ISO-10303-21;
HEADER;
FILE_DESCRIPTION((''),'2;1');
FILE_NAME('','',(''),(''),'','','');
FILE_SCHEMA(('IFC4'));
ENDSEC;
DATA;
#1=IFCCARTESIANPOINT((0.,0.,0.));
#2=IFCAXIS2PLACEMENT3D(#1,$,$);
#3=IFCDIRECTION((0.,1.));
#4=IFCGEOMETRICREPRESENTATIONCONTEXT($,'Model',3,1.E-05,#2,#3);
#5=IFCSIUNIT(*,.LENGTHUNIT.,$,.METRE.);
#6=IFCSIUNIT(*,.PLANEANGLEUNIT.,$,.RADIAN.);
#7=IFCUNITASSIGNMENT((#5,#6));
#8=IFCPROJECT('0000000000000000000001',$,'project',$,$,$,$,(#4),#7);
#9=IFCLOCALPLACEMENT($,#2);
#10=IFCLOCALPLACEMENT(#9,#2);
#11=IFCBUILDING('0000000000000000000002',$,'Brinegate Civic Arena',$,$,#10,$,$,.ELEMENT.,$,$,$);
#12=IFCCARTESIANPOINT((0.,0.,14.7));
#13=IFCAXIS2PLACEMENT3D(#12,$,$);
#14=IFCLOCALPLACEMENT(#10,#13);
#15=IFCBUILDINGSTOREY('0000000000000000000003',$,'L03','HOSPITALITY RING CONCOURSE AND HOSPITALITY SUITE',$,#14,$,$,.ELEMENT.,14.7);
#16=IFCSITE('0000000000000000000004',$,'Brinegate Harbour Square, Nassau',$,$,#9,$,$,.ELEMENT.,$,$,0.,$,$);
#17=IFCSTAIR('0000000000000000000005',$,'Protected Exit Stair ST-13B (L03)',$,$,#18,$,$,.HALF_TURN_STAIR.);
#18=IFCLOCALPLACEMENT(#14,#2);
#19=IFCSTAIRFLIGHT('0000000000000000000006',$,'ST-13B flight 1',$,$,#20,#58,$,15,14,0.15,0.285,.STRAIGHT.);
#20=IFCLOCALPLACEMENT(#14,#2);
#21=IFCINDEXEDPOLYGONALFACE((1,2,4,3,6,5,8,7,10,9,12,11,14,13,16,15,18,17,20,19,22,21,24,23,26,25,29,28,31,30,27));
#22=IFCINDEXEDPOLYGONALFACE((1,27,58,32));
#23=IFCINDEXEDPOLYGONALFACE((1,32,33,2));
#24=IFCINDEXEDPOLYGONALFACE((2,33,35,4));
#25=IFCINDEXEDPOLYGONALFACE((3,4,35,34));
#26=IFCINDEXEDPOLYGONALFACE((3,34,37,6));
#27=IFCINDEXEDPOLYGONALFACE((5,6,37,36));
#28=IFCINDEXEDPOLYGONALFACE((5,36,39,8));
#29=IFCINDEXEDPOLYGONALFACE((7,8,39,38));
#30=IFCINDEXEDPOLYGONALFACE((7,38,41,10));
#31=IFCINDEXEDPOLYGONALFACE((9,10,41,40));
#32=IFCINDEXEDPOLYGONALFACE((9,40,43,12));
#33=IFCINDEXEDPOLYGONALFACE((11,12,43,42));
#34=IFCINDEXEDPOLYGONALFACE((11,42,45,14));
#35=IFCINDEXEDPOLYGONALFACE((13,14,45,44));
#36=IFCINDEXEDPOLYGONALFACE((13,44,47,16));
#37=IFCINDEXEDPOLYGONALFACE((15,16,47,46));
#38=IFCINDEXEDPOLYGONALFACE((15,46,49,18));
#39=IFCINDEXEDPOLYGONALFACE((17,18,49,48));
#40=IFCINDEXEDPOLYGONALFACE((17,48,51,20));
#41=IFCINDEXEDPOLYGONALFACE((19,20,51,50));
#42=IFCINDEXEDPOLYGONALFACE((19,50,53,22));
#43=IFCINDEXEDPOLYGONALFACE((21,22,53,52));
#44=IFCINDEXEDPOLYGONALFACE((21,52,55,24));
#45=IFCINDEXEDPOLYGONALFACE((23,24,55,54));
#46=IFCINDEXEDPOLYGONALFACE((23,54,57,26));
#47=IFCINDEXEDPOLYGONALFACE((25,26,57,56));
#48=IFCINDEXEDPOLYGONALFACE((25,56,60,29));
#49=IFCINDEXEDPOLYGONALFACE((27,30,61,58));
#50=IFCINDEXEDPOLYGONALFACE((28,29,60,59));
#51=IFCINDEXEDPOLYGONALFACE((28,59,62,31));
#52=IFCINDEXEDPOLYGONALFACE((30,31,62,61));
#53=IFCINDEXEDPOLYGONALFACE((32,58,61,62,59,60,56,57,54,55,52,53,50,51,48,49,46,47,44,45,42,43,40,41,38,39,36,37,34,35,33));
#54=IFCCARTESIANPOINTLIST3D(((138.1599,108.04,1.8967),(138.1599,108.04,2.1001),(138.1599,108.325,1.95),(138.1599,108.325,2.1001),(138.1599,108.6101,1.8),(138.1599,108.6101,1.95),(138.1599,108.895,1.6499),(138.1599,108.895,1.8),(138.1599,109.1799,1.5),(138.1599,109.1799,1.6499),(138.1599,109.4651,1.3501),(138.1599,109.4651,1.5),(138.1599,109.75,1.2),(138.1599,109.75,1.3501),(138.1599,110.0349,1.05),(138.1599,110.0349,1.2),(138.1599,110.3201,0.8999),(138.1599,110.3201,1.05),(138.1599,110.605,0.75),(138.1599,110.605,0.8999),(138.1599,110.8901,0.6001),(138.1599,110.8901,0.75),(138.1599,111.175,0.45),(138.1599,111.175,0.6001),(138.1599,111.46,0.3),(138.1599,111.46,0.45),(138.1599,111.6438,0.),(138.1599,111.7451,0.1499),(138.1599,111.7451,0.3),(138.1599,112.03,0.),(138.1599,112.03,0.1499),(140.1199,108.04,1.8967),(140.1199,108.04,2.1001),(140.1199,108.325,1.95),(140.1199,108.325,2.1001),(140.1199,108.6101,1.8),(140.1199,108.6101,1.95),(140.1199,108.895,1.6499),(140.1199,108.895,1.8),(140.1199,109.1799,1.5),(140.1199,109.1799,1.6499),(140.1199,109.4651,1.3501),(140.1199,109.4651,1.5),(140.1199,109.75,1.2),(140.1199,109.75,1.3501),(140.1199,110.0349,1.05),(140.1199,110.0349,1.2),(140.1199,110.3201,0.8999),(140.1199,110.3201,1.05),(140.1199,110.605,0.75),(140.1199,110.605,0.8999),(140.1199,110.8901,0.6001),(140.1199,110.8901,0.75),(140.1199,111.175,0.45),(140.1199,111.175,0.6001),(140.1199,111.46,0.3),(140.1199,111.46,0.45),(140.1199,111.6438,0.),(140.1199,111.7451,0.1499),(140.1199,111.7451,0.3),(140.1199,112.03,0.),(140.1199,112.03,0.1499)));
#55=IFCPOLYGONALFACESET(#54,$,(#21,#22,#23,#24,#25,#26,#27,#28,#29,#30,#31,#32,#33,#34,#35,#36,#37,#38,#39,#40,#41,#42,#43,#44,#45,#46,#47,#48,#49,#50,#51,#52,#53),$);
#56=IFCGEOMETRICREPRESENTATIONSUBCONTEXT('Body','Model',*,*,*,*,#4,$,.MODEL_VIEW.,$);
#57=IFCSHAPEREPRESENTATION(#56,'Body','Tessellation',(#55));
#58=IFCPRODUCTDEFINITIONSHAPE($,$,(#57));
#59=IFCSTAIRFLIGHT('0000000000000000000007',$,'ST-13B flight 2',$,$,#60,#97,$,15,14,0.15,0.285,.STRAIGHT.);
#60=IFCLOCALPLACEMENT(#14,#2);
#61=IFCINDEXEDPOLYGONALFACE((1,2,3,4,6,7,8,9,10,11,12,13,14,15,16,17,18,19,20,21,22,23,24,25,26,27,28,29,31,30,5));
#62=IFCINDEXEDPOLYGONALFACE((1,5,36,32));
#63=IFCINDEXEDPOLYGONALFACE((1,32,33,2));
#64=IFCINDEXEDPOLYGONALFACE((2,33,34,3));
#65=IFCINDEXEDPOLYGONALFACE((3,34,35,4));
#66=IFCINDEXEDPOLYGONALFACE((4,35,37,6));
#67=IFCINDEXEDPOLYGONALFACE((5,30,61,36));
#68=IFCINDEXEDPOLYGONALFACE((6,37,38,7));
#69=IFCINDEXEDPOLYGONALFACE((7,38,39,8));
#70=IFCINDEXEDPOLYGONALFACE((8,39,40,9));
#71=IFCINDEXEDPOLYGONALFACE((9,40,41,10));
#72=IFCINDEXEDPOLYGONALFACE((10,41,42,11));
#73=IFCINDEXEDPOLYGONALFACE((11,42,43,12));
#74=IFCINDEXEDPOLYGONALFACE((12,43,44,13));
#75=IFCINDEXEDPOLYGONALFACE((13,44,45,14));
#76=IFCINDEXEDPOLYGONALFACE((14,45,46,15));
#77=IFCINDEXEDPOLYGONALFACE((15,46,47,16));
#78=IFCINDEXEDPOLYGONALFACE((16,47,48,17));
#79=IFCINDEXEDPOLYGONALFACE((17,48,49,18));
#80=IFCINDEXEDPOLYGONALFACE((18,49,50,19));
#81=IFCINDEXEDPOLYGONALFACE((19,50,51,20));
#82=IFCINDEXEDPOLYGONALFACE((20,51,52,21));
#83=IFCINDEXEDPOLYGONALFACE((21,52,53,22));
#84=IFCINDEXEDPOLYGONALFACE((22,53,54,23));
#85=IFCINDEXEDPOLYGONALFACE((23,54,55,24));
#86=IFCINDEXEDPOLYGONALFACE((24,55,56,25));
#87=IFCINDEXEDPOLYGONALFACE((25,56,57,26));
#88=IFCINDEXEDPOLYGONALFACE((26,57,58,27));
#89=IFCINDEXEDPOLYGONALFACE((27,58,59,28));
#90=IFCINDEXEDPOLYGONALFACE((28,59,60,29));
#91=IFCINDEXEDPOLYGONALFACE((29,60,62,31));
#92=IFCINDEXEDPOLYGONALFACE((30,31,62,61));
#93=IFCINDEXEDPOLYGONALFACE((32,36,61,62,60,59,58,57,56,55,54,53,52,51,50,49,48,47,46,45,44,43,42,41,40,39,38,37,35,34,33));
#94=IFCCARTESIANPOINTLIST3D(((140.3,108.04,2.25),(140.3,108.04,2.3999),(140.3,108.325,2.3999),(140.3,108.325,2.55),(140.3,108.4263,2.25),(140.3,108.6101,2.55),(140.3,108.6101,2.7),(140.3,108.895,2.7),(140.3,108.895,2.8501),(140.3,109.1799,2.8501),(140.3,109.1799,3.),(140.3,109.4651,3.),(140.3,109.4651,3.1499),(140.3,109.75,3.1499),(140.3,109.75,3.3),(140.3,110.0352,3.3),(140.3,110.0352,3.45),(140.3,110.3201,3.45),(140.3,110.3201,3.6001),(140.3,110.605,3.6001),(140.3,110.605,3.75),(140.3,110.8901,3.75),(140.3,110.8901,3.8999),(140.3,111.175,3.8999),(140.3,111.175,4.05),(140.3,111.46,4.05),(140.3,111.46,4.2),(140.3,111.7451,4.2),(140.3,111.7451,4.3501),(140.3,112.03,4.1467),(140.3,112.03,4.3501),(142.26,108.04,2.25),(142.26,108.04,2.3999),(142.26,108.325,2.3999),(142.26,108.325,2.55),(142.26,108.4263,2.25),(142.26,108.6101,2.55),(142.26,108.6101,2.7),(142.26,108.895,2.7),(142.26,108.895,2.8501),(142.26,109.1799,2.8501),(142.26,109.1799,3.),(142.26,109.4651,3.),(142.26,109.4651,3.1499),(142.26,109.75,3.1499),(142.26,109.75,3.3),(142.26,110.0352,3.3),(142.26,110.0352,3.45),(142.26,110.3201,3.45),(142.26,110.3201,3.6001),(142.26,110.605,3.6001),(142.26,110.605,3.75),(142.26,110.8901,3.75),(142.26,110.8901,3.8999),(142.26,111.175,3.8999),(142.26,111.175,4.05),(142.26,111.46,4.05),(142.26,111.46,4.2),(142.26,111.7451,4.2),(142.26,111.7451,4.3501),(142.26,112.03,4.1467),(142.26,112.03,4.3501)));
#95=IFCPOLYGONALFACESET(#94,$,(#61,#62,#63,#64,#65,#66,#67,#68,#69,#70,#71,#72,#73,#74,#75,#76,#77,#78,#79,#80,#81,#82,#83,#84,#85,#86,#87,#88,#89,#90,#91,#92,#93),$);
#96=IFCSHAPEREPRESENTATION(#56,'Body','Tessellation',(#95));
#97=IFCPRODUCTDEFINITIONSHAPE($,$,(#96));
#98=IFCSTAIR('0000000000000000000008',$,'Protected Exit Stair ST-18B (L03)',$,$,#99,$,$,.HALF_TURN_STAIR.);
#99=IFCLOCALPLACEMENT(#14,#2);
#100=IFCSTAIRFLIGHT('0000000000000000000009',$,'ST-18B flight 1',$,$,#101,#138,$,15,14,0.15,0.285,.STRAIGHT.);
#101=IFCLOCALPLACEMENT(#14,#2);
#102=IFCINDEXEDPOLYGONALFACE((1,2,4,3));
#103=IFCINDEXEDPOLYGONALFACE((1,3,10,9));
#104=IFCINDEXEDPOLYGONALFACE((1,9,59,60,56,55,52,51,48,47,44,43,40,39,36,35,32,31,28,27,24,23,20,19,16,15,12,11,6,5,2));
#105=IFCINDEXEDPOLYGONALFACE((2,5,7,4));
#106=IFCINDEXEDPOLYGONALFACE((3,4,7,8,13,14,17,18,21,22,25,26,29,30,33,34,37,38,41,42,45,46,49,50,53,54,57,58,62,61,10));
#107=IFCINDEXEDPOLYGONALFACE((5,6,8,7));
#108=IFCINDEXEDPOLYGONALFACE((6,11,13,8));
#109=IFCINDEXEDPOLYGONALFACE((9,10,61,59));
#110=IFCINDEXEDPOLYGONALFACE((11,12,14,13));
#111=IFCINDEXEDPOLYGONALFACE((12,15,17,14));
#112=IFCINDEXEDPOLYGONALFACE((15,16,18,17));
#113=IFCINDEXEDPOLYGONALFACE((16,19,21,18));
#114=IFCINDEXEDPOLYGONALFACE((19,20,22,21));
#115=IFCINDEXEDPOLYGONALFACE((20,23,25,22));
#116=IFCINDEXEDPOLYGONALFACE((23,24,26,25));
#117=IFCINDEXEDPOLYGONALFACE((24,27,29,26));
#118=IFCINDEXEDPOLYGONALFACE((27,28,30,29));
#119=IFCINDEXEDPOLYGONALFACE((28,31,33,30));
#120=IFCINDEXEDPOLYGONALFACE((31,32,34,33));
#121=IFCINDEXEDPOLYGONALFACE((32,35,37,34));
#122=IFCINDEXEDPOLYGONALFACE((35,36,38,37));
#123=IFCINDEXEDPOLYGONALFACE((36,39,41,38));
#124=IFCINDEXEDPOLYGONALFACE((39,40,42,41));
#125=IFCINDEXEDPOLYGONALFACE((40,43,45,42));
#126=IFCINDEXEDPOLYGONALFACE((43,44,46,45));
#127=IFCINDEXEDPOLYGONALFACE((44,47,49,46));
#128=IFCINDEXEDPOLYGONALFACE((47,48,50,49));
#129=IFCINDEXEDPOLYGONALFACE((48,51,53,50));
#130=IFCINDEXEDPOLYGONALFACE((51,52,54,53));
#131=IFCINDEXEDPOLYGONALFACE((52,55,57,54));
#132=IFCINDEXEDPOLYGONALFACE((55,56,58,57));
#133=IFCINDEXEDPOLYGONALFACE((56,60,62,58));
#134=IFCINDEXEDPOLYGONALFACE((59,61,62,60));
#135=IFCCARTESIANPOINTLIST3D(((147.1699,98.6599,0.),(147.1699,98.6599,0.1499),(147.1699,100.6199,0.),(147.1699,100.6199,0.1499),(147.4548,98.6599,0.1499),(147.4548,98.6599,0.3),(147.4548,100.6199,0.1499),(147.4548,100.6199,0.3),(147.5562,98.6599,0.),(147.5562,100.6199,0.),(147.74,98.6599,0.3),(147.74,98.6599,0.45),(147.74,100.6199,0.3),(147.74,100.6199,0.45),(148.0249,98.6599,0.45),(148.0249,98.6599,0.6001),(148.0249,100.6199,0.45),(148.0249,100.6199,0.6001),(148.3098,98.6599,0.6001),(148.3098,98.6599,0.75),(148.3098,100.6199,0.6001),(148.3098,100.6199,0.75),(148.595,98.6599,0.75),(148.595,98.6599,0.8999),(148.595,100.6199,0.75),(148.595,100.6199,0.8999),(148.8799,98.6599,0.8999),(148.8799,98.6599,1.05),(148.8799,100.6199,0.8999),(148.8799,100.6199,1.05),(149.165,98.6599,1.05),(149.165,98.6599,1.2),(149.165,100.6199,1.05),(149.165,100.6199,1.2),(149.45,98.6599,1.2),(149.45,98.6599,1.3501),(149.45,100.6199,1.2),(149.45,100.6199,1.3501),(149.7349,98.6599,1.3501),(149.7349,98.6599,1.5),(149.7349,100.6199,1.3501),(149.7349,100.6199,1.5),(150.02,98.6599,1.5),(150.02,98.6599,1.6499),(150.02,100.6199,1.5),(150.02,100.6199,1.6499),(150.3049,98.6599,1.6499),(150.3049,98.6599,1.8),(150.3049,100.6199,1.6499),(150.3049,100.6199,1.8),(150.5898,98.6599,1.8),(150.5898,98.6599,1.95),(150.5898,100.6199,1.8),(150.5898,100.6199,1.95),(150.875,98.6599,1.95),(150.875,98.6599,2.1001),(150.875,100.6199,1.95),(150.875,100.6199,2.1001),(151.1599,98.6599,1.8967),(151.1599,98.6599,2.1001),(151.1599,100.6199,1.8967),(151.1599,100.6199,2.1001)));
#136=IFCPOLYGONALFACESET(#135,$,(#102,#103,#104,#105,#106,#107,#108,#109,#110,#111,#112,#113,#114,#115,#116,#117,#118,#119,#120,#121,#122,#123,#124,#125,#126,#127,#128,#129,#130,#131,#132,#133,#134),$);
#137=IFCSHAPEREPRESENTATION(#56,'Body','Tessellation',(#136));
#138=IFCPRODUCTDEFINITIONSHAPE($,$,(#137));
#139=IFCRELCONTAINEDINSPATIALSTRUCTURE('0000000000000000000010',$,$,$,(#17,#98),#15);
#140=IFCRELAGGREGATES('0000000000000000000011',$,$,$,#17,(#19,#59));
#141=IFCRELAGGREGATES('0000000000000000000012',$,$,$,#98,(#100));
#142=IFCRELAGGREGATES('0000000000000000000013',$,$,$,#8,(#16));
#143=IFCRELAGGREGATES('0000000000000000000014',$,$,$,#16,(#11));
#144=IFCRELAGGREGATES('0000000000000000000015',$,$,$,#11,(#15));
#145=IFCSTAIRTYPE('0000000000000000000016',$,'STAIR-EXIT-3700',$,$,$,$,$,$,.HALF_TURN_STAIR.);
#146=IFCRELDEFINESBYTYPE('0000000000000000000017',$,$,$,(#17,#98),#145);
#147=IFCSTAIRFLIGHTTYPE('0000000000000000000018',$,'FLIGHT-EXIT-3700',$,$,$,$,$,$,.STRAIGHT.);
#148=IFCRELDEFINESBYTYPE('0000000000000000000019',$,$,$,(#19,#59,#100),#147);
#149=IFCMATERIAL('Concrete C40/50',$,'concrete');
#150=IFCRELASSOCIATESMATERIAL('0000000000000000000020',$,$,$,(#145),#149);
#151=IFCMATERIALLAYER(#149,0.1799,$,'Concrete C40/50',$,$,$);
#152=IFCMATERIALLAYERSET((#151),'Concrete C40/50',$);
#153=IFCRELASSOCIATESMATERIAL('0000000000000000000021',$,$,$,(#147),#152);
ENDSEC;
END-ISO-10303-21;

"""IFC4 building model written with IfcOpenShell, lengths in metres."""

from ifc_helpers import new_model, si_unit, direction, frame, origin, place, context, subcontext, project, spatial, polyline, outline, extrude, material, layer, layer_set, type_object, element, aggregate, save


model = new_model("IFC4")

# Units and contexts
model_context = context("Model", 3, precision=1e-05, world=origin(), true_north=direction((0.0, 1.0)))
body_context = subcontext(model_context, "Body", "Model", "MODEL_VIEW")
ifc_project = project(units=[si_unit("LENGTHUNIT", "METRE"), si_unit("PLANEANGLEUNIT", "RADIAN")], contexts=[model_context])

# Site, building, storey
site_placement = place(None, origin())
site = spatial("IfcSite", under=ifc_project, at=site_placement, Name="Brinegate Harbour Square, Nassau", CompositionType="ELEMENT", RefElevation=0.0)
building_placement = place(site_placement, origin())
building = spatial("IfcBuilding", under=site, at=building_placement, Name="Brinegate Civic Arena", CompositionType="ELEMENT")
storey_placement = place(building_placement, frame((0.0, 0.0, 14.7)))
storey = spatial("IfcBuildingStorey", under=building, at=storey_placement, Name="L03", Description="HOSPITALITY RING CONCOURSE AND HOSPITALITY SUITE", CompositionType="ELEMENT", Elevation=14.7)

# Stair, stair flights
ifc_material_1 = material(Name="Concrete C40/50", Category="concrete")
stair_type = type_object("IfcStairType", Name="STAIR-EXIT-3700", PredefinedType="HALF_TURN_STAIR", material=ifc_material_1)
stair_1_placement = place(storey_placement, origin())
stair_1 = element("IfcStair", 1, at=stair_1_placement, inside=storey, type_object=stair_type, Name="Protected Exit Stair ST-13B (L03)", PredefinedType="HALF_TURN_STAIR")
ifc_layer_1 = layer(ifc_material_1, 0.1799, Name="Concrete C40/50")
ifc_layer_set_1 = layer_set([ifc_layer_1], Name="Concrete C40/50")
stair_flight_type = type_object("IfcStairFlightType", Name="FLIGHT-EXIT-3700", PredefinedType="STRAIGHT", material=ifc_layer_set_1)
stair_flight_1_placement = place(storey_placement, frame((139.1399, 112.03, 0.0), z_axis=(0.0, 0.0, 1.0), x_axis=(0.0, -1.0, 0.0)))
stair_flight_1 = element("IfcStairFlight", 2, at=stair_flight_1_placement, type_object=stair_flight_type, Name="ST-13B flight 1", NumberOfRisers=15, NumberOfTreads=14, PredefinedType="STRAIGHT", RiserHeight=0.15, TreadLength=0.285, context=body_context, shape_type="SweptSolid", body=[
    extrude(outline(polyline([(0.0, 0.0), (0.0, 0.1499), (0.2849, 0.1499), (0.2849, 0.3), (0.5701, 0.3), (0.5701, 0.45), (0.855, 0.45), (0.855, 0.6001), (1.1399, 0.6001), (1.1399, 0.75), (1.425, 0.75), (1.425, 0.8999), (1.71, 0.8999), (1.71, 1.05), (1.9951, 1.05), (1.9951, 1.2), (2.28, 1.2), (2.28, 1.3501), (2.5649, 1.3501), (2.5649, 1.5), (2.8501, 1.5), (2.8501, 1.6499), (3.135, 1.6499), (3.135, 1.8), (3.4199, 1.8), (3.4199, 1.95), (3.7051, 1.95), (3.7051, 2.1001), (3.99, 2.1001), (3.99, 2.25), (3.99, 1.8967), (0.3862, 0.0), (0.0, 0.0)])), frame((0.0, 0.98, 0.0), z_axis=(0.0, -1.0, 0.0), x_axis=(1.0, 0.0, 0.0)), (0.0, 0.0, 1.0), 1.96),
])
stair_flight_2_placement = place(storey_placement, frame((141.28, 108.04, 2.25), z_axis=(0.0, 0.0, 1.0), x_axis=(0.0, 1.0, 0.0)))
stair_flight_2 = element("IfcStairFlight", 3, at=stair_flight_2_placement, type_object=stair_flight_type, Name="ST-13B flight 2", NumberOfRisers=15, NumberOfTreads=14, PredefinedType="STRAIGHT", RiserHeight=0.15, TreadLength=0.285, context=body_context, shape_type="SweptSolid", body=[
    extrude(outline(polyline([(0.0, 0.0), (0.0, 0.1499), (0.2849, 0.1499), (0.2849, 0.3), (0.5701, 0.3), (0.5701, 0.45), (0.855, 0.45), (0.855, 0.6001), (1.1399, 0.6001), (1.1399, 0.75), (1.425, 0.75), (1.425, 0.8999), (1.71, 0.8999), (1.71, 1.05), (1.9951, 1.05), (1.9951, 1.2), (2.28, 1.2), (2.28, 1.3501), (2.5649, 1.3501), (2.5649, 1.5), (2.8501, 1.5), (2.8501, 1.6499), (3.135, 1.6499), (3.135, 1.8), (3.4199, 1.8), (3.4199, 1.95), (3.7051, 1.95), (3.7051, 2.1001), (3.99, 2.1001), (3.99, 2.25), (3.99, 1.8967), (0.3862, 0.0), (0.0, 0.0)])), frame((0.0, 0.98, 0.0), z_axis=(0.0, -1.0, 0.0), x_axis=(1.0, 0.0, 0.0)), (0.0, 0.0, 1.0), 1.96),
])
aggregate(stair_1, [stair_flight_1, stair_flight_2])

# Stair, stair flight
stair_2_placement = place(storey_placement, origin())
stair_2 = element("IfcStair", 4, at=stair_2_placement, inside=storey, type_object=stair_type, Name="Protected Exit Stair ST-18B (L03)", PredefinedType="HALF_TURN_STAIR")
stair_flight_3_placement = place(storey_placement, frame((147.1699, 99.6399, 0.0), z_axis=(0.0, 0.0, 1.0), x_axis=(1.0, 0.0, 0.0)))
stair_flight_3 = element("IfcStairFlight", 5, at=stair_flight_3_placement, type_object=stair_flight_type, Name="ST-18B flight 1", NumberOfRisers=15, NumberOfTreads=14, PredefinedType="STRAIGHT", RiserHeight=0.15, TreadLength=0.285, context=body_context, shape_type="SweptSolid", body=[
    extrude(outline(polyline([(0.0, 0.0), (0.0, 0.1499), (0.2849, 0.1499), (0.2849, 0.3), (0.5701, 0.3), (0.5701, 0.45), (0.855, 0.45), (0.855, 0.6001), (1.1399, 0.6001), (1.1399, 0.75), (1.425, 0.75), (1.425, 0.8999), (1.71, 0.8999), (1.71, 1.05), (1.9951, 1.05), (1.9951, 1.2), (2.28, 1.2), (2.28, 1.3501), (2.5649, 1.3501), (2.5649, 1.5), (2.8501, 1.5), (2.8501, 1.6499), (3.135, 1.6499), (3.135, 1.8), (3.4199, 1.8), (3.4199, 1.95), (3.7051, 1.95), (3.7051, 2.1001), (3.99, 2.1001), (3.99, 2.25), (3.99, 1.8967), (0.3862, 0.0), (0.0, 0.0)])), frame((0.0, 0.98, 0.0), z_axis=(0.0, -1.0, 0.0), x_axis=(1.0, 0.0, 0.0)), (0.0, 0.0, 1.0), 1.96),
])
aggregate(stair_2, [stair_flight_3])

save(model, "model.ifc")
